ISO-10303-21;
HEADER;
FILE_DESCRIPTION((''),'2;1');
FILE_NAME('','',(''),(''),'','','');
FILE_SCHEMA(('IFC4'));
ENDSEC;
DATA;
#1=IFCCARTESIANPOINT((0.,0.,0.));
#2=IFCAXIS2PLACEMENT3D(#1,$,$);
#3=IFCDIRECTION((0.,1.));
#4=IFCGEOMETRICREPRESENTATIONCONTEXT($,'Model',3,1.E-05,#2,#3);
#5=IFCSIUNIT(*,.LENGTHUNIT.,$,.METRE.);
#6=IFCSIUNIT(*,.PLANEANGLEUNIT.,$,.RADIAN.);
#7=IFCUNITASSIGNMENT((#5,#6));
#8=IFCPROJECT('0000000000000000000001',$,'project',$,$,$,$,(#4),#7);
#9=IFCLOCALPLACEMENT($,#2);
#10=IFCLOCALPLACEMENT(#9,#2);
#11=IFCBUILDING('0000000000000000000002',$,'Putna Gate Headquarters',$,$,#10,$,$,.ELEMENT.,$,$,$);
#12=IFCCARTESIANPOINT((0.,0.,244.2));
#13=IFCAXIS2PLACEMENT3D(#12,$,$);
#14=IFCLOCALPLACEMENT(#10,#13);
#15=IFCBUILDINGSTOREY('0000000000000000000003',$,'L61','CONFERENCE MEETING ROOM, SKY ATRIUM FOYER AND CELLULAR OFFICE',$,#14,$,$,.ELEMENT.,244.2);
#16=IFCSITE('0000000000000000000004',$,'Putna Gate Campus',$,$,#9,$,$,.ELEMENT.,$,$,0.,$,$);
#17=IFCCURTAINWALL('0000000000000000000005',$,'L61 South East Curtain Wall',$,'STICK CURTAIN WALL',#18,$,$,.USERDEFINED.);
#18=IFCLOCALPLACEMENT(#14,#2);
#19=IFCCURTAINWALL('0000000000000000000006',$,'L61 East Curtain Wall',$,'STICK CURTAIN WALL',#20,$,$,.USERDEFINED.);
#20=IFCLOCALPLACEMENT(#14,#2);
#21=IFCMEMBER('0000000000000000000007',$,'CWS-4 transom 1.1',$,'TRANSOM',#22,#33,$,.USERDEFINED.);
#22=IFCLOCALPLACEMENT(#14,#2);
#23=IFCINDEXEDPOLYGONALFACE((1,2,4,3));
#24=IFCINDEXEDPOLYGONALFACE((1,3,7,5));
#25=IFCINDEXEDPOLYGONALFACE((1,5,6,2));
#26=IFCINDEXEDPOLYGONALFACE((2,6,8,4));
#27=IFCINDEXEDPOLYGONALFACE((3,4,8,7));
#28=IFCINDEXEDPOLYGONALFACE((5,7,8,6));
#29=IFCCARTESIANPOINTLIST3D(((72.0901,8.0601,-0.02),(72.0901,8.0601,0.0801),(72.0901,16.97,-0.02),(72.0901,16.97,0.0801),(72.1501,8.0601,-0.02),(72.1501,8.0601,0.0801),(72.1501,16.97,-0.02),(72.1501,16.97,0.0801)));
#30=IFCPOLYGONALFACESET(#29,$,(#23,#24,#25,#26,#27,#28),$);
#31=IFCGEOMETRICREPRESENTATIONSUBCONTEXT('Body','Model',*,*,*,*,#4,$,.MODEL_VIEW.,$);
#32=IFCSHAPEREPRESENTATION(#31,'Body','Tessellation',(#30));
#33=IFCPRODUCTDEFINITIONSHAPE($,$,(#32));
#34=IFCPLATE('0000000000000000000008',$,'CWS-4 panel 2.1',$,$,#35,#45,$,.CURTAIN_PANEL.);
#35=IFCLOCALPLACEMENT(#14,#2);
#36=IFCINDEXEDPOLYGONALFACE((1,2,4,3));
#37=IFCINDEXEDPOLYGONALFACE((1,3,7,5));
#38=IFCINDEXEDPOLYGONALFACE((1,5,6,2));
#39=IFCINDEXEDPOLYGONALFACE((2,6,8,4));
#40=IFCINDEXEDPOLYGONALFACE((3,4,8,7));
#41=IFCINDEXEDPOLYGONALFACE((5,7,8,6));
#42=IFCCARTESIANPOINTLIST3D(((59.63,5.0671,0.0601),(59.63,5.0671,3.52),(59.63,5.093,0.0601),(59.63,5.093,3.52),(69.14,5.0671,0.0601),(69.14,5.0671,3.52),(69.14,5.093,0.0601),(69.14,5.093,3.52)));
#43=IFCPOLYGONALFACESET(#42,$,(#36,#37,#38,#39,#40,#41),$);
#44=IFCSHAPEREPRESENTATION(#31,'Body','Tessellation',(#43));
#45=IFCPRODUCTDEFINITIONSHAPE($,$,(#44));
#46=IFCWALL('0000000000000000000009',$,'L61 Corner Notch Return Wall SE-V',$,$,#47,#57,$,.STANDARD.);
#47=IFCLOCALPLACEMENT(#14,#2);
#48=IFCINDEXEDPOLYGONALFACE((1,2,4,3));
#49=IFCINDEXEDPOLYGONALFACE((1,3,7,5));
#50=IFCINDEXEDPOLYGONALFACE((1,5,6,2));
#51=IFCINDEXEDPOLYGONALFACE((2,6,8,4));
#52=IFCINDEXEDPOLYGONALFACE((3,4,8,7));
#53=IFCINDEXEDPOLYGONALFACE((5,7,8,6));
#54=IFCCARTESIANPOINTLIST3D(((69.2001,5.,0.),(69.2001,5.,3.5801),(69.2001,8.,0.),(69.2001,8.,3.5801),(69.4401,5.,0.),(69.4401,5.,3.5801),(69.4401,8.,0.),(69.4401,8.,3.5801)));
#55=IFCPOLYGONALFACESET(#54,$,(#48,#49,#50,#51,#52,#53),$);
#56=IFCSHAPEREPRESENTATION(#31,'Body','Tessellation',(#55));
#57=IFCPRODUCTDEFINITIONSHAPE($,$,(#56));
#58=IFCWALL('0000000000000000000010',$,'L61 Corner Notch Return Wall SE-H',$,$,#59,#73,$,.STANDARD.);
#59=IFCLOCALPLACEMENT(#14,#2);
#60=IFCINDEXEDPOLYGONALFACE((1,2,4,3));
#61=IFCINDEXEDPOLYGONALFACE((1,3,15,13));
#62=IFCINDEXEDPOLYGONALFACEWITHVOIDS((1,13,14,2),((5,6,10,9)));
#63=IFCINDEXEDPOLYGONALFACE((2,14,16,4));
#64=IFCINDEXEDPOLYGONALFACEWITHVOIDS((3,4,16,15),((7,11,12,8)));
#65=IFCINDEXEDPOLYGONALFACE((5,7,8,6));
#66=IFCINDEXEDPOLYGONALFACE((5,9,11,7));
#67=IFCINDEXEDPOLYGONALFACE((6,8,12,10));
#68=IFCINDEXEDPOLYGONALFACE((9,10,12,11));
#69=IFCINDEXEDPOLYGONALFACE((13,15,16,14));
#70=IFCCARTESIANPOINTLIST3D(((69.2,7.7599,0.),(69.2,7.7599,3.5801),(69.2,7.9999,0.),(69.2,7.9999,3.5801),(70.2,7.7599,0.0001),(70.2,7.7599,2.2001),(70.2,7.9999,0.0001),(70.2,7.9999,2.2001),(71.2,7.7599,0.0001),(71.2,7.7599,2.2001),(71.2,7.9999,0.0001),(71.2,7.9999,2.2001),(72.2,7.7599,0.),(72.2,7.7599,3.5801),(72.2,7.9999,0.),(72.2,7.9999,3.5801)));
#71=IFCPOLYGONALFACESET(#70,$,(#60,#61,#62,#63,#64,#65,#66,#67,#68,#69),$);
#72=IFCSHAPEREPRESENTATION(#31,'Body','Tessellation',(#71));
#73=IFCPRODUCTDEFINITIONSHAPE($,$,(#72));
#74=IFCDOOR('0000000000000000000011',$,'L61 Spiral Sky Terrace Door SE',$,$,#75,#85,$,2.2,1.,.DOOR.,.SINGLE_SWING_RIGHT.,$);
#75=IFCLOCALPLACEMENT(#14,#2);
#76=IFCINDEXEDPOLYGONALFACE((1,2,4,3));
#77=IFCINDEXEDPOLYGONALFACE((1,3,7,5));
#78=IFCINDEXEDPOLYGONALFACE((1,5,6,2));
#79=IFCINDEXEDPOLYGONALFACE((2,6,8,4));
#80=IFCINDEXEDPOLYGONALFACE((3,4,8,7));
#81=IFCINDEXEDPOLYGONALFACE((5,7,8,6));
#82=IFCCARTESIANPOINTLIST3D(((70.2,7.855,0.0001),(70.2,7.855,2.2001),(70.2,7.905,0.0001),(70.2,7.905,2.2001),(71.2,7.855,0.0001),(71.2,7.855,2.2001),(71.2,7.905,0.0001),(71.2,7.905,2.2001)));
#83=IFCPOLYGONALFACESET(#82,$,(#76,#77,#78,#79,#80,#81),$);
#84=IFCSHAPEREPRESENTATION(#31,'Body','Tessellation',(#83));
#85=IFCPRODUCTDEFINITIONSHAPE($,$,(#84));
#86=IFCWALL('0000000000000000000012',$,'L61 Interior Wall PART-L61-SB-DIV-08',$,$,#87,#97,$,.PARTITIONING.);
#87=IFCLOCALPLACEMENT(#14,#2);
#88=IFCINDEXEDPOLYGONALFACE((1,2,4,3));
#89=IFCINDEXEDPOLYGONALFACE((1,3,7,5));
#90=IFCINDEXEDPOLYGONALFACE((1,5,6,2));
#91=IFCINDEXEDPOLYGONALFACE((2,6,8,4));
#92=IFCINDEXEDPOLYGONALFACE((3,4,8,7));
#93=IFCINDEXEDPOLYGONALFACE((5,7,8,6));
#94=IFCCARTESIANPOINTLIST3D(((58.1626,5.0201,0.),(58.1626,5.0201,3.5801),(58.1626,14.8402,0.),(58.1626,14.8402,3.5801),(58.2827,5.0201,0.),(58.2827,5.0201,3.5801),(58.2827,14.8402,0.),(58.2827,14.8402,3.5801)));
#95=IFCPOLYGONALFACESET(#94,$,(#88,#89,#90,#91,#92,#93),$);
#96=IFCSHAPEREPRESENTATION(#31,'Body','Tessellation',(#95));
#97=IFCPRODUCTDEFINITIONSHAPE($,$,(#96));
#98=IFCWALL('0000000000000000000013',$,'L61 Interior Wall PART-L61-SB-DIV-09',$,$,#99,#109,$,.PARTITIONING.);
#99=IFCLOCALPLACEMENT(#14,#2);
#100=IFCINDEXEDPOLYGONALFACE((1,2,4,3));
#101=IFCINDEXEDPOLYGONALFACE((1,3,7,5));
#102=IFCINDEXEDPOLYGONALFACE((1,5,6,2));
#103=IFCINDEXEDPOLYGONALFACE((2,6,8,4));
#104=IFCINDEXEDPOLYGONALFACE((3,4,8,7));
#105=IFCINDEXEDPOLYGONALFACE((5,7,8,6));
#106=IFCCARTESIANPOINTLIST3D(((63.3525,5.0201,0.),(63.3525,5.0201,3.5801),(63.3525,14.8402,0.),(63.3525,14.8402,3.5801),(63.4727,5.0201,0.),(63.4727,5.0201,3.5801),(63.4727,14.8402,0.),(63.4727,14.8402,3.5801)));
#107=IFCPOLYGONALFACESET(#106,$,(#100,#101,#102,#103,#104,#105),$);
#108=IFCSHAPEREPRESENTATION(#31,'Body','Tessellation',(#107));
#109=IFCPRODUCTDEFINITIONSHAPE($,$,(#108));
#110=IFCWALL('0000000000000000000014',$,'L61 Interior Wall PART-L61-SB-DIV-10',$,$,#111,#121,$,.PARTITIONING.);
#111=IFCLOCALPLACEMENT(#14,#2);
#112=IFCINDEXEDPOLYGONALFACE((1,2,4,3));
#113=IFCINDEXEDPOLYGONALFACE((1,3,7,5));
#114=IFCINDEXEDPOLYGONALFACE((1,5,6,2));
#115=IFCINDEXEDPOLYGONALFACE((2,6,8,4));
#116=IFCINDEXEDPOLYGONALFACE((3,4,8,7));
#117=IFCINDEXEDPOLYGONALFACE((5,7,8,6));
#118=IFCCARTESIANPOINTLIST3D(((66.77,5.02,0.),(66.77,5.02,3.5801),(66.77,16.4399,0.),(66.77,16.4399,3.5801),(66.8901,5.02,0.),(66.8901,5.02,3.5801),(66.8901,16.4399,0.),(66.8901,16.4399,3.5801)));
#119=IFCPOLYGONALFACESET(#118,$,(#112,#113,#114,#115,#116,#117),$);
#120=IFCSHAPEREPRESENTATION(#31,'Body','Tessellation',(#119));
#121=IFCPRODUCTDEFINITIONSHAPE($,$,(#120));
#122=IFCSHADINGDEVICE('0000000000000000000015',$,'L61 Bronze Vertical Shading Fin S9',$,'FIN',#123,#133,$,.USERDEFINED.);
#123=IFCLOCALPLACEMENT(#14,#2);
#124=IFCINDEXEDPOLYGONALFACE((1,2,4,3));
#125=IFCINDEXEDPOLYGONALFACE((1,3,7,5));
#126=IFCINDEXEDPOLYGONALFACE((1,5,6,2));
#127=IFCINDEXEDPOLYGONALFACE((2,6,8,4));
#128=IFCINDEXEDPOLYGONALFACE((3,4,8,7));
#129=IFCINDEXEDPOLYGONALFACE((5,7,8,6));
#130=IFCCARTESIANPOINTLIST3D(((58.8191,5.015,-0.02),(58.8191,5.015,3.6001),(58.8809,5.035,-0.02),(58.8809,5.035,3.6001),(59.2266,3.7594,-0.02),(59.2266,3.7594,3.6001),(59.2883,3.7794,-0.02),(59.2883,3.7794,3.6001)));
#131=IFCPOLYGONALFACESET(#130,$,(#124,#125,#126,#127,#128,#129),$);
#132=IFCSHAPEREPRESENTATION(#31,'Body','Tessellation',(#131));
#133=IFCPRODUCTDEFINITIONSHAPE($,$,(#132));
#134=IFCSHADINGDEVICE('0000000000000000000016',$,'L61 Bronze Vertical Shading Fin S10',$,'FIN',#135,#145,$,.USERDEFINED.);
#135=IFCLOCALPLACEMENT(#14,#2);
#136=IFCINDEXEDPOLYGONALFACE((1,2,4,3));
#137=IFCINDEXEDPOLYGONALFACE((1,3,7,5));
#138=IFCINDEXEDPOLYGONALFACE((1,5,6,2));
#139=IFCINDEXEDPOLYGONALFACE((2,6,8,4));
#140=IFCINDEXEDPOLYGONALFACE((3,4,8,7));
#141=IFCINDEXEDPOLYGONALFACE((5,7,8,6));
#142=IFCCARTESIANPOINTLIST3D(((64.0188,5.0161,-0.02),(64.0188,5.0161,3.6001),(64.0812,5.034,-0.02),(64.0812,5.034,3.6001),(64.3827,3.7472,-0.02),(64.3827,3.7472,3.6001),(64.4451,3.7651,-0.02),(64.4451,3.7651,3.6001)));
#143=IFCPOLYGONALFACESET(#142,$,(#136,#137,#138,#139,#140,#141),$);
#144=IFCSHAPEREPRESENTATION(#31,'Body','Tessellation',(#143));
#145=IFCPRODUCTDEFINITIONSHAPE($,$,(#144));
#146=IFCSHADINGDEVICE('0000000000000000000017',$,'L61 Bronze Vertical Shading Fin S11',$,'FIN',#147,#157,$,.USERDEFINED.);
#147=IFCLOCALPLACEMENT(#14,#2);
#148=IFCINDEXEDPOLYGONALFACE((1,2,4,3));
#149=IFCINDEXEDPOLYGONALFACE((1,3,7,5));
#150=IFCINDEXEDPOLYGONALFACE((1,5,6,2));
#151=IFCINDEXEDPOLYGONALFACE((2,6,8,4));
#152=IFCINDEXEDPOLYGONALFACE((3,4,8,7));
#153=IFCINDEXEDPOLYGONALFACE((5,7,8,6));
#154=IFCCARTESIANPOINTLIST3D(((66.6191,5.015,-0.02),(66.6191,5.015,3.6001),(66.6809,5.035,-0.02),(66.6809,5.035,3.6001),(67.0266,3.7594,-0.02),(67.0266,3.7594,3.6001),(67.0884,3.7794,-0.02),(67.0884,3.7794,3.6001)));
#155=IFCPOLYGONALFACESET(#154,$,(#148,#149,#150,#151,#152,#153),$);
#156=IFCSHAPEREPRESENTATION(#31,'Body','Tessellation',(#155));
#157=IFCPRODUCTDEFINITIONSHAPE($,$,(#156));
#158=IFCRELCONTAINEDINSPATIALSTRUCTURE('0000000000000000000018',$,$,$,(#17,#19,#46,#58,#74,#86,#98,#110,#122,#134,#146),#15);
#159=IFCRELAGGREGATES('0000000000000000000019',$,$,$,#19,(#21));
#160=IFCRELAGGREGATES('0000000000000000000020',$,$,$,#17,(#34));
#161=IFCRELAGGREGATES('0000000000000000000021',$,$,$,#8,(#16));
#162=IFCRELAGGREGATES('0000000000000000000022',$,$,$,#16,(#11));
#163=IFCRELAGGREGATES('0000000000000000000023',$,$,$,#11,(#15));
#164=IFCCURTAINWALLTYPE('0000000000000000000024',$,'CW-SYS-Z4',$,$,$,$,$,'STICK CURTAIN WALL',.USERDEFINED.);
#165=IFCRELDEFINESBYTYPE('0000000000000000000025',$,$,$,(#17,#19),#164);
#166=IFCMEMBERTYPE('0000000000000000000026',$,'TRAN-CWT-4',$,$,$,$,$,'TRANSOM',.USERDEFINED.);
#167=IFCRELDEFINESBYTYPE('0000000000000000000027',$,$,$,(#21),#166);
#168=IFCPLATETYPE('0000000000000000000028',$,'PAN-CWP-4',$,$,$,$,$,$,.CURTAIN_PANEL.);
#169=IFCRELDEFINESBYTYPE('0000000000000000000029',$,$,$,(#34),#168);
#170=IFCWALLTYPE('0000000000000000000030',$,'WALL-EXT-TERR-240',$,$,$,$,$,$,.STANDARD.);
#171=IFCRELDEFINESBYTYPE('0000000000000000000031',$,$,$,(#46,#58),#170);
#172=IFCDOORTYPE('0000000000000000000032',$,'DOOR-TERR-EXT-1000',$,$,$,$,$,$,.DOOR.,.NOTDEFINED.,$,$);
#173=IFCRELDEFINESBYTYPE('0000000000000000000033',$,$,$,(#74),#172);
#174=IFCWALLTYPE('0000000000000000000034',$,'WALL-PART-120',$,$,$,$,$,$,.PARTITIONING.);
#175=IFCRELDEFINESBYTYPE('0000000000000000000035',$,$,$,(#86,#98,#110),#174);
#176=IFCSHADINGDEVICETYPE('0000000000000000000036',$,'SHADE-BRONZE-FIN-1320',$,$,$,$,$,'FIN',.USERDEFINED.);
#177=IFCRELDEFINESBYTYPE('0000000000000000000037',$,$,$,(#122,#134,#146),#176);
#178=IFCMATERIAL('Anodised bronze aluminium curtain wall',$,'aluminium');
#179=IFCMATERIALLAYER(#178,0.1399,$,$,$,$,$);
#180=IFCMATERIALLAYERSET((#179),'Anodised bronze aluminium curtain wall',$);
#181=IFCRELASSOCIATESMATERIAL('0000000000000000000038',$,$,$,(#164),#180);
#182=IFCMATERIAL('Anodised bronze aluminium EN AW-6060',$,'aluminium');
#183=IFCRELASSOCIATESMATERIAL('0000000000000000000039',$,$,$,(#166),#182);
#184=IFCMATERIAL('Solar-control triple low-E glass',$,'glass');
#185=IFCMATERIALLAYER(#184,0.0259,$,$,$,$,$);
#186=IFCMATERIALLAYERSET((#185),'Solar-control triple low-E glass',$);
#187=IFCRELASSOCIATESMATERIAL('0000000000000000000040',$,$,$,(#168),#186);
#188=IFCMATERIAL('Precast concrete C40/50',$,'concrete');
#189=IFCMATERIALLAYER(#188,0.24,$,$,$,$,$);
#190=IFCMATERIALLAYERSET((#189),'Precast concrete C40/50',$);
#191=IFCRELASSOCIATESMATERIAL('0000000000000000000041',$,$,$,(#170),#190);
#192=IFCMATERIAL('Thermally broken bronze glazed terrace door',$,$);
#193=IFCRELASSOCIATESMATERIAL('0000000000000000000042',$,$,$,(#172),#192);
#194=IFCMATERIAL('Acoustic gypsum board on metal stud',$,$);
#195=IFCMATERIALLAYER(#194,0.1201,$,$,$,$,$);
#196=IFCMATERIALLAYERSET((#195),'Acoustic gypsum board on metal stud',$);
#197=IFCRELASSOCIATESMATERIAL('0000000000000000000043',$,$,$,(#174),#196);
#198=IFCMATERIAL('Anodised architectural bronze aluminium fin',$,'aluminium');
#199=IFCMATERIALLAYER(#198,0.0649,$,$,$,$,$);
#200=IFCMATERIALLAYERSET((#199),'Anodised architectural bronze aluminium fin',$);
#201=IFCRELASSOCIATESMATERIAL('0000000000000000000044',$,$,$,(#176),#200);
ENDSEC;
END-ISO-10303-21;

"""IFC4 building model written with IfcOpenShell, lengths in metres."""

from ifc_helpers import new_model, si_unit, direction, frame, frame_2d, origin, origin_2d, place, context, subcontext, project, spatial, rectangle, extrude, material, layer, layer_set, material_profile, profile_set, type_object, element, fill, aggregate, save


model = new_model("IFC4")

# Units and contexts
model_context = context("Model", 3, precision=1e-05, world=origin(), true_north=direction((0.0, 1.0)))
body_context = subcontext(model_context, "Body", "Model", "MODEL_VIEW")
ifc_project = project(units=[si_unit("LENGTHUNIT", "METRE"), si_unit("PLANEANGLEUNIT", "RADIAN")], contexts=[model_context])

# Site, building, storey
site_placement = place(None, origin())
site = spatial("IfcSite", under=ifc_project, at=site_placement, Name="Putna Gate Campus", CompositionType="ELEMENT", RefElevation=0.0)
building_placement = place(site_placement, origin())
building = spatial("IfcBuilding", under=site, at=building_placement, Name="Putna Gate Headquarters", CompositionType="ELEMENT")
storey_placement = place(building_placement, frame((0.0, 0.0, 244.2)))
storey = spatial("IfcBuildingStorey", under=building, at=storey_placement, Name="L61", Description="CONFERENCE MEETING ROOM, SKY ATRIUM FOYER AND CELLULAR OFFICE", CompositionType="ELEMENT", Elevation=244.2)

# Curtain wall
ifc_material_1 = material(Name="Anodised bronze aluminium curtain wall", Category="aluminium")
ifc_layer_1 = layer(ifc_material_1, 0.1399)
ifc_layer_set_1 = layer_set([ifc_layer_1], Name="Anodised bronze aluminium curtain wall")
curtain_wall_type = type_object("IfcCurtainWallType", Name="CW-SYS-Z4", ElementType="STICK CURTAIN WALL", PredefinedType="USERDEFINED", material=ifc_layer_set_1)
curtain_wall_1_placement = place(storey_placement, origin())
curtain_wall_1 = element("IfcCurtainWall", 1, at=curtain_wall_1_placement, inside=storey, type_object=curtain_wall_type, Name="L61 South East Curtain Wall", ObjectType="STICK CURTAIN WALL", PredefinedType="USERDEFINED")
ifc_material_2 = material(Name="Anodised bronze aluminium EN AW-6060", Category="aluminium")

# Curtain wall
curtain_wall_2_placement = place(storey_placement, origin())
curtain_wall_2 = element("IfcCurtainWall", 2, at=curtain_wall_2_placement, inside=storey, type_object=curtain_wall_type, Name="L61 East Curtain Wall", ObjectType="STICK CURTAIN WALL", PredefinedType="USERDEFINED")

# Member
ifc_material_profile_1 = material_profile(ifc_material_2, rectangle(XDim=0.0601, YDim=0.1001, at=origin_2d()), Name="Anodised bronze aluminium EN AW-6060")
ifc_profile_set_1 = profile_set([ifc_material_profile_1], Name="Anodised bronze aluminium EN AW-6060")
member_type_1 = type_object("IfcMemberType", Name="TRAN-CWT-4", ElementType="TRANSOM", PredefinedType="USERDEFINED", material=ifc_profile_set_1)
member_1_placement = place(storey_placement, frame((72.1201, 8.0601, 0.03), z_axis=(0.0, 1.0, 0.0), x_axis=(-1.0, 0.0, 0.0)))
member_1 = element("IfcMember", 3, at=member_1_placement, type_object=member_type_1, Name="CWS-4 transom 1.1", ObjectType="TRANSOM", PredefinedType="USERDEFINED", context=body_context, shape_type="SweptSolid", body=[
    extrude(rectangle(XDim=0.0601, YDim=0.1001, at=origin_2d()), origin(), (0.0, 0.0, 1.0), 8.9099),
])
aggregate(curtain_wall_2, [member_1])

# Plate
ifc_material_3 = material(Name="Solar-control triple low-E glass", Category="glass")
ifc_layer_2 = layer(ifc_material_3, 0.0259)
ifc_layer_set_2 = layer_set([ifc_layer_2], Name="Solar-control triple low-E glass")
plate_type = type_object("IfcPlateType", Name="PAN-CWP-4", PredefinedType="CURTAIN_PANEL", material=ifc_layer_set_2)
plate_placement = place(storey_placement, frame((64.385, 5.0801, 0.0601), z_axis=(0.0, 0.0, 1.0), x_axis=(1.0, 0.0, 0.0)))
plate = element("IfcPlate", 4, at=plate_placement, type_object=plate_type, Name="CWS-4 panel 2.1", PredefinedType="CURTAIN_PANEL", context=body_context, shape_type="SweptSolid", body=[
    extrude(rectangle(XDim=9.51, YDim=0.0259, at=origin_2d()), origin(), (0.0, 0.0, 1.0), 3.46),
])
aggregate(curtain_wall_1, [plate])

# Wall
ifc_material_4 = material(Name="Precast concrete C40/50", Category="concrete")
ifc_layer_3 = layer(ifc_material_4, 0.24)
ifc_layer_set_3 = layer_set([ifc_layer_3], Name="Precast concrete C40/50")
wall_type_1 = type_object("IfcWallType", Name="WALL-EXT-TERR-240", PredefinedType="STANDARD", material=ifc_layer_set_3)
wall_1_placement = place(storey_placement, frame((69.3201, 8.0, 0.0), z_axis=(0.0, 0.0, 1.0), x_axis=(0.0, -1.0, 0.0)))
element("IfcWall", 5, at=wall_1_placement, inside=storey, type_object=wall_type_1, Name="L61 Corner Notch Return Wall SE-V", PredefinedType="STANDARD", context=body_context, shape_type="SweptSolid", body=[
    extrude(rectangle(XDim=3.0, YDim=0.24, at=frame_2d((1.5, 0.0))), origin(), (0.0, 0.0, 1.0), 3.5801),
])

# Wall, opening, door
wall_2_placement = place(storey_placement, frame((72.2, 7.8799, 0.0), z_axis=(0.0, 0.0, 1.0), x_axis=(-1.0, 0.0, 0.0)))
wall_2 = element("IfcWall", 6, at=wall_2_placement, inside=storey, type_object=wall_type_1, Name="L61 Corner Notch Return Wall SE-H", PredefinedType="STANDARD", context=body_context, shape_type="SweptSolid", body=[
    extrude(rectangle(XDim=3.0, YDim=0.24, at=frame_2d((1.5, 0.0))), origin(), (0.0, 0.0, 1.0), 3.5801),
])
opening_placement = place(wall_2_placement, frame((1.0, 0.0, 0.0)))
opening = element("IfcOpeningElement", 7, at=opening_placement, cuts=wall_2, PredefinedType="OPENING", context=body_context, shape_type="SweptSolid", body=[
    extrude(rectangle(XDim=1.0, YDim=2.2, at=frame_2d((0.5, 1.1001))), frame((0.0, 0.1299, 0.0), z_axis=(0.0, -1.0, 0.0), x_axis=(1.0, 0.0, 0.0)), (0.0, 0.0, 1.0), 0.26),
])
ifc_material_5 = material(Name="Thermally broken bronze glazed terrace door")
door_type = type_object("IfcDoorType", Name="DOOR-TERR-EXT-1000", OperationType="NOTDEFINED", PredefinedType="DOOR", material=ifc_material_5)
door_placement = place(opening_placement, origin())
door = element("IfcDoor", 8, at=door_placement, inside=storey, type_object=door_type, Name="L61 Spiral Sky Terrace Door SE", OperationType="SINGLE_SWING_RIGHT", OverallHeight=2.2, OverallWidth=1.0, PredefinedType="DOOR", context=body_context, shape_type="SweptSolid", body=[
    extrude(rectangle(XDim=1.0, YDim=2.2, at=frame_2d((0.5, 1.1001))), frame((0.0, 0.0249, 0.0), z_axis=(0.0, -1.0, 0.0), x_axis=(1.0, 0.0, 0.0)), (0.0, 0.0, 1.0), 0.05),
])
fill(opening, door)

# Walls
ifc_material_6 = material(Name="Acoustic gypsum board on metal stud")
ifc_layer_4 = layer(ifc_material_6, 0.1201)
ifc_layer_set_4 = layer_set([ifc_layer_4], Name="Acoustic gypsum board on metal stud")
wall_type_2 = type_object("IfcWallType", Name="WALL-PART-120", PredefinedType="PARTITIONING", material=ifc_layer_set_4)
for number, where, z_axis, x_axis, name in (
    (9, (58.2227, 5.02, 0.0), (0.0, 0.0, 1.0), (0.0, 1.0, 0.0), "L61 Interior Wall PART-L61-SB-DIV-08"),
    (10, (63.4126, 5.02, 0.0), (0.0, 0.0, 1.0), (0.0, 1.0, 0.0), "L61 Interior Wall PART-L61-SB-DIV-09"),
):
    element("IfcWall", number, at=place(storey_placement, frame(where, z_axis=z_axis, x_axis=x_axis)), inside=storey, type_object=wall_type_2, Name=name, PredefinedType="PARTITIONING", context=body_context, shape_type="SweptSolid", body=[
        extrude(rectangle(XDim=9.8201, YDim=0.1201, at=frame_2d((4.9102, 0.0))), origin(), (0.0, 0.0, 1.0), 3.5801),
    ])
wall_3_placement = place(storey_placement, frame((66.8301, 5.02, 0.0), z_axis=(0.0, 0.0, 1.0), x_axis=(0.0, 1.0, 0.0)))
element("IfcWall", 11, at=wall_3_placement, inside=storey, type_object=wall_type_2, Name="L61 Interior Wall PART-L61-SB-DIV-10", PredefinedType="PARTITIONING", context=body_context, shape_type="SweptSolid", body=[
    extrude(rectangle(XDim=11.4199, YDim=0.1201, at=frame_2d((5.71, 0.0))), origin(), (0.0, 0.0, 1.0), 3.5801),
])

# Shading devices
ifc_material_7 = material(Name="Anodised architectural bronze aluminium fin", Category="aluminium")
ifc_layer_5 = layer(ifc_material_7, 0.0649)
ifc_layer_set_5 = layer_set([ifc_layer_5], Name="Anodised architectural bronze aluminium fin")
shading_device_type = type_object("IfcShadingDeviceType", Name="SHADE-BRONZE-FIN-1320", ElementType="FIN", PredefinedType="USERDEFINED", material=ifc_layer_set_5)
for number, where, z_axis, x_axis, name in (
    (12, (59.0537, 4.3972, -0.02), (0.0, 0.0, 1.0), (0.308685, -0.951164, 0.0), "L61 Bronze Vertical Shading Fin S9"),
    (13, (64.2319, 4.3906, -0.02), (0.0, 0.0, 1.0), (0.275637, -0.961262, 0.0), "L61 Bronze Vertical Shading Fin S10"),
    (14, (66.8538, 4.3972, -0.02), (0.0, 0.0, 1.0), (0.308685, -0.951164, 0.0), "L61 Bronze Vertical Shading Fin S11"),
):
    element("IfcShadingDevice", number, at=place(storey_placement, frame(where, z_axis=z_axis, x_axis=x_axis)), inside=storey, type_object=shading_device_type, Name=name, ObjectType="FIN", PredefinedType="USERDEFINED", context=body_context, shape_type="SweptSolid", body=[
        extrude(rectangle(XDim=1.3201, YDim=0.0649, at=origin_2d()), origin(), (0.0, 0.0, 1.0), 3.6201),
    ])

save(model, "model.ifc")
